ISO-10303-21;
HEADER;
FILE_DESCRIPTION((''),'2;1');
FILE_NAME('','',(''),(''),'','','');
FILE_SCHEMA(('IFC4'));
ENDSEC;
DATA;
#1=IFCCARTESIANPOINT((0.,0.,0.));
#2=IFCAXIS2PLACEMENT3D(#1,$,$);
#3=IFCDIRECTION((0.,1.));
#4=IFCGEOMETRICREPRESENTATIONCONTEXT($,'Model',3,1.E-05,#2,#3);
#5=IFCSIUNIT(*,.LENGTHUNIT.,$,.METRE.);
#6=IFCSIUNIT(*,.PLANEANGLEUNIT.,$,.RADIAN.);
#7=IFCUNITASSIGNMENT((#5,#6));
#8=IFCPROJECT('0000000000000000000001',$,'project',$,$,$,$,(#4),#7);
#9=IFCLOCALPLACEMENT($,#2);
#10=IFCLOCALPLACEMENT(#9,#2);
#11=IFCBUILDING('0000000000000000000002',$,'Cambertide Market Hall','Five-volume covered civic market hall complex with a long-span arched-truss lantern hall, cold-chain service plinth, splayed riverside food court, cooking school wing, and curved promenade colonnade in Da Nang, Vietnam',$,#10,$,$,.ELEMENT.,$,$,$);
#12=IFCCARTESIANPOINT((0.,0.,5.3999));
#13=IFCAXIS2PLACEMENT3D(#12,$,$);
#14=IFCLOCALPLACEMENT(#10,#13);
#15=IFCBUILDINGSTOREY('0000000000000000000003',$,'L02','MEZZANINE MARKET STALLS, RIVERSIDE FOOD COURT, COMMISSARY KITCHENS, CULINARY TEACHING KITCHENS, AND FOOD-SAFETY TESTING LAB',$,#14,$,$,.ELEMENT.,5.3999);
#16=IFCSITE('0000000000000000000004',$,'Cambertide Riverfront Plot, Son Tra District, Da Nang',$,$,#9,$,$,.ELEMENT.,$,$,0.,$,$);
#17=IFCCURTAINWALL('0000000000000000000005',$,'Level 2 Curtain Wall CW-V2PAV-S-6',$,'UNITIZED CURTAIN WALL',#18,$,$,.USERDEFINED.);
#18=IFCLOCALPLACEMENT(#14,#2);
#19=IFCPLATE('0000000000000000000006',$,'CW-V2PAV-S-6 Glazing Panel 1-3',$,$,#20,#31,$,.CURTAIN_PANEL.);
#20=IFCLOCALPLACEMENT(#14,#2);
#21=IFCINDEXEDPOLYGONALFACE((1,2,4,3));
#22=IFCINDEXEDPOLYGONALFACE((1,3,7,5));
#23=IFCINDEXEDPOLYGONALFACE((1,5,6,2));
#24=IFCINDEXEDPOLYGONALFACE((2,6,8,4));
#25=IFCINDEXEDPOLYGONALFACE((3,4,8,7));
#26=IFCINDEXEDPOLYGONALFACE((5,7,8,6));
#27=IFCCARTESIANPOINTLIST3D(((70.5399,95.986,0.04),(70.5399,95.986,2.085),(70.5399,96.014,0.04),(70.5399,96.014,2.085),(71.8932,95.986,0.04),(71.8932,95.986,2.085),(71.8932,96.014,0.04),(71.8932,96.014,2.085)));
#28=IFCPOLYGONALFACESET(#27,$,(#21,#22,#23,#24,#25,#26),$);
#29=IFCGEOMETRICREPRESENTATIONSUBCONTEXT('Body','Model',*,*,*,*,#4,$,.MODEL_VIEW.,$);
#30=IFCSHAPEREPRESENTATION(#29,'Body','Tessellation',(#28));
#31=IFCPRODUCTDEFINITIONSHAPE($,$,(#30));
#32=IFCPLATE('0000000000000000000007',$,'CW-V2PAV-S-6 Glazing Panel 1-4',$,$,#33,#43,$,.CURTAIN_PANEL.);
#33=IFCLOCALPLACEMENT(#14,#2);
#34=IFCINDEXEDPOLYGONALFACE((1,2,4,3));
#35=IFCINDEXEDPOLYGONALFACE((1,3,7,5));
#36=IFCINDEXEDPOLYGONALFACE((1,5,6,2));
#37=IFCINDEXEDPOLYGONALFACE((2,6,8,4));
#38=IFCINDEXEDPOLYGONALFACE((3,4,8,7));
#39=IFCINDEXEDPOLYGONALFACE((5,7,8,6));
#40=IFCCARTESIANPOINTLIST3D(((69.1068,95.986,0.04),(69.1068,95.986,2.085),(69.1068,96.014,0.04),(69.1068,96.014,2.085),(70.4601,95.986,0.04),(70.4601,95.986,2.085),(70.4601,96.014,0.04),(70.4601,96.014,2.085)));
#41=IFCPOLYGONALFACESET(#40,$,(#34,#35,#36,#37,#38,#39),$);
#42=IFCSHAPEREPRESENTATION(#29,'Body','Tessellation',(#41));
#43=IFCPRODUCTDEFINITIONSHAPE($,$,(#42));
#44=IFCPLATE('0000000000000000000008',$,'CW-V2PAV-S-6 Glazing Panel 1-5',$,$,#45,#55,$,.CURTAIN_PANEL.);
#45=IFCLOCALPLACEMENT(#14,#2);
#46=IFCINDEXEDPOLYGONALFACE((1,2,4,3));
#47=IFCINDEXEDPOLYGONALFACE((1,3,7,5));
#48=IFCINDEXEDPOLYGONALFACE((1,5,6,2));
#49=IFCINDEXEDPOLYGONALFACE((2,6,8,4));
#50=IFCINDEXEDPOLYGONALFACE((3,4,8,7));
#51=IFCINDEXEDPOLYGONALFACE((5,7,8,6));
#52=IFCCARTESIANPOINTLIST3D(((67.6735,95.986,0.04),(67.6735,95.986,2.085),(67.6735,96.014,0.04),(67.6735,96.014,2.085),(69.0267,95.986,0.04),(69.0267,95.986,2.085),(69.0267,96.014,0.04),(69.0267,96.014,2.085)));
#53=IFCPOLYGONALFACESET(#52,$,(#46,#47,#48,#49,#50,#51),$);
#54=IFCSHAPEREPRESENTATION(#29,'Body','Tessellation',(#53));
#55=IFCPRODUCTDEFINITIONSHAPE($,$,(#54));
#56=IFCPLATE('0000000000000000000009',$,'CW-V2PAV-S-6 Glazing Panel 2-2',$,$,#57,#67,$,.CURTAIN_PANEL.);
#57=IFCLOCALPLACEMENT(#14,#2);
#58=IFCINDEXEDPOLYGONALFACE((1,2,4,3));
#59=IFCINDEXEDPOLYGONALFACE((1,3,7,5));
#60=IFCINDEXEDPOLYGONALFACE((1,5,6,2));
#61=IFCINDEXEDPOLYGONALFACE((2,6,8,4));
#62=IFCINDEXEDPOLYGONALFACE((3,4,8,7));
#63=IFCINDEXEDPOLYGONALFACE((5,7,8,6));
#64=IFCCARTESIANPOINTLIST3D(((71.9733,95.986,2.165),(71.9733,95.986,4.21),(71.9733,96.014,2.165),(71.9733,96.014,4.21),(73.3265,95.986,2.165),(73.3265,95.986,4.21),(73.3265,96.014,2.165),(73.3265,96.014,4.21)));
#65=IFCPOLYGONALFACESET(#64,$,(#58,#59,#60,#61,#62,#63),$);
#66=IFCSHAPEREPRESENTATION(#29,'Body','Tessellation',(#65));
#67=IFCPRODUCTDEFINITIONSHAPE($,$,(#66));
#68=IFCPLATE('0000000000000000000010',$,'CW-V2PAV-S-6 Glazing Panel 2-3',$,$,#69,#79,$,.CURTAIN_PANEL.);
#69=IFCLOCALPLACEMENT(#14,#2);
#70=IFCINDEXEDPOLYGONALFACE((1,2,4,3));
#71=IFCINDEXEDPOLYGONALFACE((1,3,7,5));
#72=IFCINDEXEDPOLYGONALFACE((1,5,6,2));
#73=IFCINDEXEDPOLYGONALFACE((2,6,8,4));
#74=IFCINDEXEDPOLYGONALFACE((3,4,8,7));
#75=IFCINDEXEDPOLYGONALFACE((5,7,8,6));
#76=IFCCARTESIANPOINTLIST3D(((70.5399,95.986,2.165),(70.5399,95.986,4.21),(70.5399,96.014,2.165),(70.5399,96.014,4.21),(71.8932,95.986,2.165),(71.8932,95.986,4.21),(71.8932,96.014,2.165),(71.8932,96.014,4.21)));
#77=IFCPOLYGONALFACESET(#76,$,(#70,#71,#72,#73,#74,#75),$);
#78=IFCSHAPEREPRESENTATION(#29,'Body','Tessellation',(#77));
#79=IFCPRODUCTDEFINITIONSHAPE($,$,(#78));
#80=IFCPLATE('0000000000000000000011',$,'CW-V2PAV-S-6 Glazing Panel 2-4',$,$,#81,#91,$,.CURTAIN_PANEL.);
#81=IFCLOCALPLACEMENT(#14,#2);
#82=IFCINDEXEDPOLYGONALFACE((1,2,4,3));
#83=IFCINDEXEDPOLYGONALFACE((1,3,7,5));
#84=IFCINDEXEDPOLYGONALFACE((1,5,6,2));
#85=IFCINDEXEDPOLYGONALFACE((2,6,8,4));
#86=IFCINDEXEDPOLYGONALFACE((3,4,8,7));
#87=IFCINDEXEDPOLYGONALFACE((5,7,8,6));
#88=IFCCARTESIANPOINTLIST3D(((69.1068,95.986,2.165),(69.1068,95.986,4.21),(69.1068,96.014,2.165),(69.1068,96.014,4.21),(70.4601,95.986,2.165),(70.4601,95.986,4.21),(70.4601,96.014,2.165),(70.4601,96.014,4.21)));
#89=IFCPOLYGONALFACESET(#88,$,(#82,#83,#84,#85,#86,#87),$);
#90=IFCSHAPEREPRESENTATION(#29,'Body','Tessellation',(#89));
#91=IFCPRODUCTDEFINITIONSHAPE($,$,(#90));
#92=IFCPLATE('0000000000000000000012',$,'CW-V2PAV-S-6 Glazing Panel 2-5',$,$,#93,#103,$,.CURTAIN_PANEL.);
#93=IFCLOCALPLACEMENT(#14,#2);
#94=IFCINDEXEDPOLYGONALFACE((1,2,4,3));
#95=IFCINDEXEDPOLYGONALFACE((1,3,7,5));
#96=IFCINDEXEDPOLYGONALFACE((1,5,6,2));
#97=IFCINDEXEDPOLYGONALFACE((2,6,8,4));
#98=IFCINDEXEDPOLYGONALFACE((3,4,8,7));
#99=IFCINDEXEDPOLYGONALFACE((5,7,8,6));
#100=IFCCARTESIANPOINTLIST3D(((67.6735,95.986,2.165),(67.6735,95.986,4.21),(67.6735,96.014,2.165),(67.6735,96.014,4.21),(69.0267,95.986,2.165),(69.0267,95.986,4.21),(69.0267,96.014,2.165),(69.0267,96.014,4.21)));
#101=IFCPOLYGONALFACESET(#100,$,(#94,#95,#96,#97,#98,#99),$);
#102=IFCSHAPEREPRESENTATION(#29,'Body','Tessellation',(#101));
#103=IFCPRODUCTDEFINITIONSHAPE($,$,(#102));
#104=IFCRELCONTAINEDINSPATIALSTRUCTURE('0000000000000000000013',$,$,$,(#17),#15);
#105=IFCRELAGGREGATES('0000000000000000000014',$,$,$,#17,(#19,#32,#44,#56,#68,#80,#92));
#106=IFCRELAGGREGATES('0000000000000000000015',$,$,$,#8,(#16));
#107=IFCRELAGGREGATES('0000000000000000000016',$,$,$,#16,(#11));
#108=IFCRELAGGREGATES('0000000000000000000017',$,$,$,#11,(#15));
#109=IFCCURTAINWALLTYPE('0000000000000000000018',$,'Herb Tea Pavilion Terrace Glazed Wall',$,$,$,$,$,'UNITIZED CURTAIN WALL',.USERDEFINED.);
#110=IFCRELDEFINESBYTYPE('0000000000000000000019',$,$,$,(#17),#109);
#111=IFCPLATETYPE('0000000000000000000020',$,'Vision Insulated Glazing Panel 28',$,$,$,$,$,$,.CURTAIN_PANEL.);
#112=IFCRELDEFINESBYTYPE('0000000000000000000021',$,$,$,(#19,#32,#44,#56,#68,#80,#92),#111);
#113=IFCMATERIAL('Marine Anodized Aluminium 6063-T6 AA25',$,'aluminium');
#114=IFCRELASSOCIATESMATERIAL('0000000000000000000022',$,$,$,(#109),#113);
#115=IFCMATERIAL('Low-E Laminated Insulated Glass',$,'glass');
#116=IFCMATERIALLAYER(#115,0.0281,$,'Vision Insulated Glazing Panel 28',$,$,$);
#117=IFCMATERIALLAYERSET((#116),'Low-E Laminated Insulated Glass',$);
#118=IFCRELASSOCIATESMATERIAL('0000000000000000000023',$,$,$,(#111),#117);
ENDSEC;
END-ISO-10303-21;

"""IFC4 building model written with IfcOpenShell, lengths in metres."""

from ifc_helpers import new_model, si_unit, direction, frame, origin, origin_2d, place, context, subcontext, project, spatial, rectangle, extrude, material, layer, layer_set, type_object, element, aggregate, save


model = new_model("IFC4")

# Units and contexts
model_context = context("Model", 3, precision=1e-05, world=origin(), true_north=direction((0.0, 1.0)))
body_context = subcontext(model_context, "Body", "Model", "MODEL_VIEW")
ifc_project = project(units=[si_unit("LENGTHUNIT", "METRE"), si_unit("PLANEANGLEUNIT", "RADIAN")], contexts=[model_context])

# Site, building, storey
site_placement = place(None, origin())
site = spatial("IfcSite", under=ifc_project, at=site_placement, Name="Cambertide Riverfront Plot, Son Tra District, Da Nang", CompositionType="ELEMENT", RefElevation=0.0)
building_placement = place(site_placement, origin())
building = spatial("IfcBuilding", under=site, at=building_placement, Name="Cambertide Market Hall", Description="Five-volume covered civic market hall complex with a long-span arched-truss lantern hall, cold-chain service plinth, splayed riverside food court, cooking school wing, and curved promenade colonnade in Da Nang, Vietnam", CompositionType="ELEMENT")
storey_placement = place(building_placement, frame((0.0, 0.0, 5.3999)))
storey = spatial("IfcBuildingStorey", under=building, at=storey_placement, Name="L02", Description="MEZZANINE MARKET STALLS, RIVERSIDE FOOD COURT, COMMISSARY KITCHENS, CULINARY TEACHING KITCHENS, AND FOOD-SAFETY TESTING LAB", CompositionType="ELEMENT", Elevation=5.3999)

# Curtain wall, plates
ifc_material_1 = material(Name="Marine Anodized Aluminium 6063-T6 AA25", Category="aluminium")
curtain_wall_type = type_object("IfcCurtainWallType", Name="Herb Tea Pavilion Terrace Glazed Wall", ElementType="UNITIZED CURTAIN WALL", PredefinedType="USERDEFINED", material=ifc_material_1)
curtain_wall_placement = place(storey_placement, origin())
curtain_wall = element("IfcCurtainWall", 1, at=curtain_wall_placement, inside=storey, type_object=curtain_wall_type, Name="Level 2 Curtain Wall CW-V2PAV-S-6", ObjectType="UNITIZED CURTAIN WALL", PredefinedType="USERDEFINED")
ifc_material_2 = material(Name="Low-E Laminated Insulated Glass", Category="glass")
ifc_layer = layer(ifc_material_2, 0.0281, Name="Vision Insulated Glazing Panel 28")
ifc_layer_set = layer_set([ifc_layer], Name="Low-E Laminated Insulated Glass")
plate_type = type_object("IfcPlateType", Name="Vision Insulated Glazing Panel 28", PredefinedType="CURTAIN_PANEL", material=ifc_layer_set)
plate_1_placement = place(storey_placement, frame((71.2166, 96.0, 0.04), z_axis=(0.0, 0.0, 1.0), x_axis=(-1.0, 0.0, 0.0)))
plate_1 = element("IfcPlate", 2, at=plate_1_placement, type_object=plate_type, Name="CW-V2PAV-S-6 Glazing Panel 1-3", PredefinedType="CURTAIN_PANEL", context=body_context, shape_type="SweptSolid", body=[
    extrude(rectangle(XDim=1.3533, YDim=0.0281, at=origin_2d()), origin(), (0.0, 0.0, 1.0), 2.0449),
])
plate_2_placement = place(storey_placement, frame((69.7834, 96.0, 0.04), z_axis=(0.0, 0.0, 1.0), x_axis=(-1.0, 0.0, 0.0)))
plate_2 = element("IfcPlate", 3, at=plate_2_placement, type_object=plate_type, Name="CW-V2PAV-S-6 Glazing Panel 1-4", PredefinedType="CURTAIN_PANEL", context=body_context, shape_type="SweptSolid", body=[
    extrude(rectangle(XDim=1.3533, YDim=0.0281, at=origin_2d()), origin(), (0.0, 0.0, 1.0), 2.0449),
])
plate_3_placement = place(storey_placement, frame((68.3501, 96.0, 0.04), z_axis=(0.0, 0.0, 1.0), x_axis=(-1.0, 0.0, 0.0)))
plate_3 = element("IfcPlate", 4, at=plate_3_placement, type_object=plate_type, Name="CW-V2PAV-S-6 Glazing Panel 1-5", PredefinedType="CURTAIN_PANEL", context=body_context, shape_type="SweptSolid", body=[
    extrude(rectangle(XDim=1.3533, YDim=0.0281, at=origin_2d()), origin(), (0.0, 0.0, 1.0), 2.0449),
])
plate_4_placement = place(storey_placement, frame((72.6499, 96.0, 2.165), z_axis=(0.0, 0.0, 1.0), x_axis=(-1.0, 0.0, 0.0)))
plate_4 = element("IfcPlate", 5, at=plate_4_placement, type_object=plate_type, Name="CW-V2PAV-S-6 Glazing Panel 2-2", PredefinedType="CURTAIN_PANEL", context=body_context, shape_type="SweptSolid", body=[
    extrude(rectangle(XDim=1.3533, YDim=0.0281, at=origin_2d()), origin(), (0.0, 0.0, 1.0), 2.0449),
])
plate_5_placement = place(storey_placement, frame((71.2166, 96.0, 2.165), z_axis=(0.0, 0.0, 1.0), x_axis=(-1.0, 0.0, 0.0)))
plate_5 = element("IfcPlate", 6, at=plate_5_placement, type_object=plate_type, Name="CW-V2PAV-S-6 Glazing Panel 2-3", PredefinedType="CURTAIN_PANEL", context=body_context, shape_type="SweptSolid", body=[
    extrude(rectangle(XDim=1.3533, YDim=0.0281, at=origin_2d()), origin(), (0.0, 0.0, 1.0), 2.0449),
])
plate_6_placement = place(storey_placement, frame((69.7834, 96.0, 2.165), z_axis=(0.0, 0.0, 1.0), x_axis=(-1.0, 0.0, 0.0)))
plate_6 = element("IfcPlate", 7, at=plate_6_placement, type_object=plate_type, Name="CW-V2PAV-S-6 Glazing Panel 2-4", PredefinedType="CURTAIN_PANEL", context=body_context, shape_type="SweptSolid", body=[
    extrude(rectangle(XDim=1.3533, YDim=0.0281, at=origin_2d()), origin(), (0.0, 0.0, 1.0), 2.0449),
])
plate_7_placement = place(storey_placement, frame((68.3501, 96.0, 2.165), z_axis=(0.0, 0.0, 1.0), x_axis=(-1.0, 0.0, 0.0)))
plate_7 = element("IfcPlate", 8, at=plate_7_placement, type_object=plate_type, Name="CW-V2PAV-S-6 Glazing Panel 2-5", PredefinedType="CURTAIN_PANEL", context=body_context, shape_type="SweptSolid", body=[
    extrude(rectangle(XDim=1.3533, YDim=0.0281, at=origin_2d()), origin(), (0.0, 0.0, 1.0), 2.0449),
])
aggregate(curtain_wall, [plate_1, plate_2, plate_3, plate_4, plate_5, plate_6, plate_7])

save(model, "model.ifc")
